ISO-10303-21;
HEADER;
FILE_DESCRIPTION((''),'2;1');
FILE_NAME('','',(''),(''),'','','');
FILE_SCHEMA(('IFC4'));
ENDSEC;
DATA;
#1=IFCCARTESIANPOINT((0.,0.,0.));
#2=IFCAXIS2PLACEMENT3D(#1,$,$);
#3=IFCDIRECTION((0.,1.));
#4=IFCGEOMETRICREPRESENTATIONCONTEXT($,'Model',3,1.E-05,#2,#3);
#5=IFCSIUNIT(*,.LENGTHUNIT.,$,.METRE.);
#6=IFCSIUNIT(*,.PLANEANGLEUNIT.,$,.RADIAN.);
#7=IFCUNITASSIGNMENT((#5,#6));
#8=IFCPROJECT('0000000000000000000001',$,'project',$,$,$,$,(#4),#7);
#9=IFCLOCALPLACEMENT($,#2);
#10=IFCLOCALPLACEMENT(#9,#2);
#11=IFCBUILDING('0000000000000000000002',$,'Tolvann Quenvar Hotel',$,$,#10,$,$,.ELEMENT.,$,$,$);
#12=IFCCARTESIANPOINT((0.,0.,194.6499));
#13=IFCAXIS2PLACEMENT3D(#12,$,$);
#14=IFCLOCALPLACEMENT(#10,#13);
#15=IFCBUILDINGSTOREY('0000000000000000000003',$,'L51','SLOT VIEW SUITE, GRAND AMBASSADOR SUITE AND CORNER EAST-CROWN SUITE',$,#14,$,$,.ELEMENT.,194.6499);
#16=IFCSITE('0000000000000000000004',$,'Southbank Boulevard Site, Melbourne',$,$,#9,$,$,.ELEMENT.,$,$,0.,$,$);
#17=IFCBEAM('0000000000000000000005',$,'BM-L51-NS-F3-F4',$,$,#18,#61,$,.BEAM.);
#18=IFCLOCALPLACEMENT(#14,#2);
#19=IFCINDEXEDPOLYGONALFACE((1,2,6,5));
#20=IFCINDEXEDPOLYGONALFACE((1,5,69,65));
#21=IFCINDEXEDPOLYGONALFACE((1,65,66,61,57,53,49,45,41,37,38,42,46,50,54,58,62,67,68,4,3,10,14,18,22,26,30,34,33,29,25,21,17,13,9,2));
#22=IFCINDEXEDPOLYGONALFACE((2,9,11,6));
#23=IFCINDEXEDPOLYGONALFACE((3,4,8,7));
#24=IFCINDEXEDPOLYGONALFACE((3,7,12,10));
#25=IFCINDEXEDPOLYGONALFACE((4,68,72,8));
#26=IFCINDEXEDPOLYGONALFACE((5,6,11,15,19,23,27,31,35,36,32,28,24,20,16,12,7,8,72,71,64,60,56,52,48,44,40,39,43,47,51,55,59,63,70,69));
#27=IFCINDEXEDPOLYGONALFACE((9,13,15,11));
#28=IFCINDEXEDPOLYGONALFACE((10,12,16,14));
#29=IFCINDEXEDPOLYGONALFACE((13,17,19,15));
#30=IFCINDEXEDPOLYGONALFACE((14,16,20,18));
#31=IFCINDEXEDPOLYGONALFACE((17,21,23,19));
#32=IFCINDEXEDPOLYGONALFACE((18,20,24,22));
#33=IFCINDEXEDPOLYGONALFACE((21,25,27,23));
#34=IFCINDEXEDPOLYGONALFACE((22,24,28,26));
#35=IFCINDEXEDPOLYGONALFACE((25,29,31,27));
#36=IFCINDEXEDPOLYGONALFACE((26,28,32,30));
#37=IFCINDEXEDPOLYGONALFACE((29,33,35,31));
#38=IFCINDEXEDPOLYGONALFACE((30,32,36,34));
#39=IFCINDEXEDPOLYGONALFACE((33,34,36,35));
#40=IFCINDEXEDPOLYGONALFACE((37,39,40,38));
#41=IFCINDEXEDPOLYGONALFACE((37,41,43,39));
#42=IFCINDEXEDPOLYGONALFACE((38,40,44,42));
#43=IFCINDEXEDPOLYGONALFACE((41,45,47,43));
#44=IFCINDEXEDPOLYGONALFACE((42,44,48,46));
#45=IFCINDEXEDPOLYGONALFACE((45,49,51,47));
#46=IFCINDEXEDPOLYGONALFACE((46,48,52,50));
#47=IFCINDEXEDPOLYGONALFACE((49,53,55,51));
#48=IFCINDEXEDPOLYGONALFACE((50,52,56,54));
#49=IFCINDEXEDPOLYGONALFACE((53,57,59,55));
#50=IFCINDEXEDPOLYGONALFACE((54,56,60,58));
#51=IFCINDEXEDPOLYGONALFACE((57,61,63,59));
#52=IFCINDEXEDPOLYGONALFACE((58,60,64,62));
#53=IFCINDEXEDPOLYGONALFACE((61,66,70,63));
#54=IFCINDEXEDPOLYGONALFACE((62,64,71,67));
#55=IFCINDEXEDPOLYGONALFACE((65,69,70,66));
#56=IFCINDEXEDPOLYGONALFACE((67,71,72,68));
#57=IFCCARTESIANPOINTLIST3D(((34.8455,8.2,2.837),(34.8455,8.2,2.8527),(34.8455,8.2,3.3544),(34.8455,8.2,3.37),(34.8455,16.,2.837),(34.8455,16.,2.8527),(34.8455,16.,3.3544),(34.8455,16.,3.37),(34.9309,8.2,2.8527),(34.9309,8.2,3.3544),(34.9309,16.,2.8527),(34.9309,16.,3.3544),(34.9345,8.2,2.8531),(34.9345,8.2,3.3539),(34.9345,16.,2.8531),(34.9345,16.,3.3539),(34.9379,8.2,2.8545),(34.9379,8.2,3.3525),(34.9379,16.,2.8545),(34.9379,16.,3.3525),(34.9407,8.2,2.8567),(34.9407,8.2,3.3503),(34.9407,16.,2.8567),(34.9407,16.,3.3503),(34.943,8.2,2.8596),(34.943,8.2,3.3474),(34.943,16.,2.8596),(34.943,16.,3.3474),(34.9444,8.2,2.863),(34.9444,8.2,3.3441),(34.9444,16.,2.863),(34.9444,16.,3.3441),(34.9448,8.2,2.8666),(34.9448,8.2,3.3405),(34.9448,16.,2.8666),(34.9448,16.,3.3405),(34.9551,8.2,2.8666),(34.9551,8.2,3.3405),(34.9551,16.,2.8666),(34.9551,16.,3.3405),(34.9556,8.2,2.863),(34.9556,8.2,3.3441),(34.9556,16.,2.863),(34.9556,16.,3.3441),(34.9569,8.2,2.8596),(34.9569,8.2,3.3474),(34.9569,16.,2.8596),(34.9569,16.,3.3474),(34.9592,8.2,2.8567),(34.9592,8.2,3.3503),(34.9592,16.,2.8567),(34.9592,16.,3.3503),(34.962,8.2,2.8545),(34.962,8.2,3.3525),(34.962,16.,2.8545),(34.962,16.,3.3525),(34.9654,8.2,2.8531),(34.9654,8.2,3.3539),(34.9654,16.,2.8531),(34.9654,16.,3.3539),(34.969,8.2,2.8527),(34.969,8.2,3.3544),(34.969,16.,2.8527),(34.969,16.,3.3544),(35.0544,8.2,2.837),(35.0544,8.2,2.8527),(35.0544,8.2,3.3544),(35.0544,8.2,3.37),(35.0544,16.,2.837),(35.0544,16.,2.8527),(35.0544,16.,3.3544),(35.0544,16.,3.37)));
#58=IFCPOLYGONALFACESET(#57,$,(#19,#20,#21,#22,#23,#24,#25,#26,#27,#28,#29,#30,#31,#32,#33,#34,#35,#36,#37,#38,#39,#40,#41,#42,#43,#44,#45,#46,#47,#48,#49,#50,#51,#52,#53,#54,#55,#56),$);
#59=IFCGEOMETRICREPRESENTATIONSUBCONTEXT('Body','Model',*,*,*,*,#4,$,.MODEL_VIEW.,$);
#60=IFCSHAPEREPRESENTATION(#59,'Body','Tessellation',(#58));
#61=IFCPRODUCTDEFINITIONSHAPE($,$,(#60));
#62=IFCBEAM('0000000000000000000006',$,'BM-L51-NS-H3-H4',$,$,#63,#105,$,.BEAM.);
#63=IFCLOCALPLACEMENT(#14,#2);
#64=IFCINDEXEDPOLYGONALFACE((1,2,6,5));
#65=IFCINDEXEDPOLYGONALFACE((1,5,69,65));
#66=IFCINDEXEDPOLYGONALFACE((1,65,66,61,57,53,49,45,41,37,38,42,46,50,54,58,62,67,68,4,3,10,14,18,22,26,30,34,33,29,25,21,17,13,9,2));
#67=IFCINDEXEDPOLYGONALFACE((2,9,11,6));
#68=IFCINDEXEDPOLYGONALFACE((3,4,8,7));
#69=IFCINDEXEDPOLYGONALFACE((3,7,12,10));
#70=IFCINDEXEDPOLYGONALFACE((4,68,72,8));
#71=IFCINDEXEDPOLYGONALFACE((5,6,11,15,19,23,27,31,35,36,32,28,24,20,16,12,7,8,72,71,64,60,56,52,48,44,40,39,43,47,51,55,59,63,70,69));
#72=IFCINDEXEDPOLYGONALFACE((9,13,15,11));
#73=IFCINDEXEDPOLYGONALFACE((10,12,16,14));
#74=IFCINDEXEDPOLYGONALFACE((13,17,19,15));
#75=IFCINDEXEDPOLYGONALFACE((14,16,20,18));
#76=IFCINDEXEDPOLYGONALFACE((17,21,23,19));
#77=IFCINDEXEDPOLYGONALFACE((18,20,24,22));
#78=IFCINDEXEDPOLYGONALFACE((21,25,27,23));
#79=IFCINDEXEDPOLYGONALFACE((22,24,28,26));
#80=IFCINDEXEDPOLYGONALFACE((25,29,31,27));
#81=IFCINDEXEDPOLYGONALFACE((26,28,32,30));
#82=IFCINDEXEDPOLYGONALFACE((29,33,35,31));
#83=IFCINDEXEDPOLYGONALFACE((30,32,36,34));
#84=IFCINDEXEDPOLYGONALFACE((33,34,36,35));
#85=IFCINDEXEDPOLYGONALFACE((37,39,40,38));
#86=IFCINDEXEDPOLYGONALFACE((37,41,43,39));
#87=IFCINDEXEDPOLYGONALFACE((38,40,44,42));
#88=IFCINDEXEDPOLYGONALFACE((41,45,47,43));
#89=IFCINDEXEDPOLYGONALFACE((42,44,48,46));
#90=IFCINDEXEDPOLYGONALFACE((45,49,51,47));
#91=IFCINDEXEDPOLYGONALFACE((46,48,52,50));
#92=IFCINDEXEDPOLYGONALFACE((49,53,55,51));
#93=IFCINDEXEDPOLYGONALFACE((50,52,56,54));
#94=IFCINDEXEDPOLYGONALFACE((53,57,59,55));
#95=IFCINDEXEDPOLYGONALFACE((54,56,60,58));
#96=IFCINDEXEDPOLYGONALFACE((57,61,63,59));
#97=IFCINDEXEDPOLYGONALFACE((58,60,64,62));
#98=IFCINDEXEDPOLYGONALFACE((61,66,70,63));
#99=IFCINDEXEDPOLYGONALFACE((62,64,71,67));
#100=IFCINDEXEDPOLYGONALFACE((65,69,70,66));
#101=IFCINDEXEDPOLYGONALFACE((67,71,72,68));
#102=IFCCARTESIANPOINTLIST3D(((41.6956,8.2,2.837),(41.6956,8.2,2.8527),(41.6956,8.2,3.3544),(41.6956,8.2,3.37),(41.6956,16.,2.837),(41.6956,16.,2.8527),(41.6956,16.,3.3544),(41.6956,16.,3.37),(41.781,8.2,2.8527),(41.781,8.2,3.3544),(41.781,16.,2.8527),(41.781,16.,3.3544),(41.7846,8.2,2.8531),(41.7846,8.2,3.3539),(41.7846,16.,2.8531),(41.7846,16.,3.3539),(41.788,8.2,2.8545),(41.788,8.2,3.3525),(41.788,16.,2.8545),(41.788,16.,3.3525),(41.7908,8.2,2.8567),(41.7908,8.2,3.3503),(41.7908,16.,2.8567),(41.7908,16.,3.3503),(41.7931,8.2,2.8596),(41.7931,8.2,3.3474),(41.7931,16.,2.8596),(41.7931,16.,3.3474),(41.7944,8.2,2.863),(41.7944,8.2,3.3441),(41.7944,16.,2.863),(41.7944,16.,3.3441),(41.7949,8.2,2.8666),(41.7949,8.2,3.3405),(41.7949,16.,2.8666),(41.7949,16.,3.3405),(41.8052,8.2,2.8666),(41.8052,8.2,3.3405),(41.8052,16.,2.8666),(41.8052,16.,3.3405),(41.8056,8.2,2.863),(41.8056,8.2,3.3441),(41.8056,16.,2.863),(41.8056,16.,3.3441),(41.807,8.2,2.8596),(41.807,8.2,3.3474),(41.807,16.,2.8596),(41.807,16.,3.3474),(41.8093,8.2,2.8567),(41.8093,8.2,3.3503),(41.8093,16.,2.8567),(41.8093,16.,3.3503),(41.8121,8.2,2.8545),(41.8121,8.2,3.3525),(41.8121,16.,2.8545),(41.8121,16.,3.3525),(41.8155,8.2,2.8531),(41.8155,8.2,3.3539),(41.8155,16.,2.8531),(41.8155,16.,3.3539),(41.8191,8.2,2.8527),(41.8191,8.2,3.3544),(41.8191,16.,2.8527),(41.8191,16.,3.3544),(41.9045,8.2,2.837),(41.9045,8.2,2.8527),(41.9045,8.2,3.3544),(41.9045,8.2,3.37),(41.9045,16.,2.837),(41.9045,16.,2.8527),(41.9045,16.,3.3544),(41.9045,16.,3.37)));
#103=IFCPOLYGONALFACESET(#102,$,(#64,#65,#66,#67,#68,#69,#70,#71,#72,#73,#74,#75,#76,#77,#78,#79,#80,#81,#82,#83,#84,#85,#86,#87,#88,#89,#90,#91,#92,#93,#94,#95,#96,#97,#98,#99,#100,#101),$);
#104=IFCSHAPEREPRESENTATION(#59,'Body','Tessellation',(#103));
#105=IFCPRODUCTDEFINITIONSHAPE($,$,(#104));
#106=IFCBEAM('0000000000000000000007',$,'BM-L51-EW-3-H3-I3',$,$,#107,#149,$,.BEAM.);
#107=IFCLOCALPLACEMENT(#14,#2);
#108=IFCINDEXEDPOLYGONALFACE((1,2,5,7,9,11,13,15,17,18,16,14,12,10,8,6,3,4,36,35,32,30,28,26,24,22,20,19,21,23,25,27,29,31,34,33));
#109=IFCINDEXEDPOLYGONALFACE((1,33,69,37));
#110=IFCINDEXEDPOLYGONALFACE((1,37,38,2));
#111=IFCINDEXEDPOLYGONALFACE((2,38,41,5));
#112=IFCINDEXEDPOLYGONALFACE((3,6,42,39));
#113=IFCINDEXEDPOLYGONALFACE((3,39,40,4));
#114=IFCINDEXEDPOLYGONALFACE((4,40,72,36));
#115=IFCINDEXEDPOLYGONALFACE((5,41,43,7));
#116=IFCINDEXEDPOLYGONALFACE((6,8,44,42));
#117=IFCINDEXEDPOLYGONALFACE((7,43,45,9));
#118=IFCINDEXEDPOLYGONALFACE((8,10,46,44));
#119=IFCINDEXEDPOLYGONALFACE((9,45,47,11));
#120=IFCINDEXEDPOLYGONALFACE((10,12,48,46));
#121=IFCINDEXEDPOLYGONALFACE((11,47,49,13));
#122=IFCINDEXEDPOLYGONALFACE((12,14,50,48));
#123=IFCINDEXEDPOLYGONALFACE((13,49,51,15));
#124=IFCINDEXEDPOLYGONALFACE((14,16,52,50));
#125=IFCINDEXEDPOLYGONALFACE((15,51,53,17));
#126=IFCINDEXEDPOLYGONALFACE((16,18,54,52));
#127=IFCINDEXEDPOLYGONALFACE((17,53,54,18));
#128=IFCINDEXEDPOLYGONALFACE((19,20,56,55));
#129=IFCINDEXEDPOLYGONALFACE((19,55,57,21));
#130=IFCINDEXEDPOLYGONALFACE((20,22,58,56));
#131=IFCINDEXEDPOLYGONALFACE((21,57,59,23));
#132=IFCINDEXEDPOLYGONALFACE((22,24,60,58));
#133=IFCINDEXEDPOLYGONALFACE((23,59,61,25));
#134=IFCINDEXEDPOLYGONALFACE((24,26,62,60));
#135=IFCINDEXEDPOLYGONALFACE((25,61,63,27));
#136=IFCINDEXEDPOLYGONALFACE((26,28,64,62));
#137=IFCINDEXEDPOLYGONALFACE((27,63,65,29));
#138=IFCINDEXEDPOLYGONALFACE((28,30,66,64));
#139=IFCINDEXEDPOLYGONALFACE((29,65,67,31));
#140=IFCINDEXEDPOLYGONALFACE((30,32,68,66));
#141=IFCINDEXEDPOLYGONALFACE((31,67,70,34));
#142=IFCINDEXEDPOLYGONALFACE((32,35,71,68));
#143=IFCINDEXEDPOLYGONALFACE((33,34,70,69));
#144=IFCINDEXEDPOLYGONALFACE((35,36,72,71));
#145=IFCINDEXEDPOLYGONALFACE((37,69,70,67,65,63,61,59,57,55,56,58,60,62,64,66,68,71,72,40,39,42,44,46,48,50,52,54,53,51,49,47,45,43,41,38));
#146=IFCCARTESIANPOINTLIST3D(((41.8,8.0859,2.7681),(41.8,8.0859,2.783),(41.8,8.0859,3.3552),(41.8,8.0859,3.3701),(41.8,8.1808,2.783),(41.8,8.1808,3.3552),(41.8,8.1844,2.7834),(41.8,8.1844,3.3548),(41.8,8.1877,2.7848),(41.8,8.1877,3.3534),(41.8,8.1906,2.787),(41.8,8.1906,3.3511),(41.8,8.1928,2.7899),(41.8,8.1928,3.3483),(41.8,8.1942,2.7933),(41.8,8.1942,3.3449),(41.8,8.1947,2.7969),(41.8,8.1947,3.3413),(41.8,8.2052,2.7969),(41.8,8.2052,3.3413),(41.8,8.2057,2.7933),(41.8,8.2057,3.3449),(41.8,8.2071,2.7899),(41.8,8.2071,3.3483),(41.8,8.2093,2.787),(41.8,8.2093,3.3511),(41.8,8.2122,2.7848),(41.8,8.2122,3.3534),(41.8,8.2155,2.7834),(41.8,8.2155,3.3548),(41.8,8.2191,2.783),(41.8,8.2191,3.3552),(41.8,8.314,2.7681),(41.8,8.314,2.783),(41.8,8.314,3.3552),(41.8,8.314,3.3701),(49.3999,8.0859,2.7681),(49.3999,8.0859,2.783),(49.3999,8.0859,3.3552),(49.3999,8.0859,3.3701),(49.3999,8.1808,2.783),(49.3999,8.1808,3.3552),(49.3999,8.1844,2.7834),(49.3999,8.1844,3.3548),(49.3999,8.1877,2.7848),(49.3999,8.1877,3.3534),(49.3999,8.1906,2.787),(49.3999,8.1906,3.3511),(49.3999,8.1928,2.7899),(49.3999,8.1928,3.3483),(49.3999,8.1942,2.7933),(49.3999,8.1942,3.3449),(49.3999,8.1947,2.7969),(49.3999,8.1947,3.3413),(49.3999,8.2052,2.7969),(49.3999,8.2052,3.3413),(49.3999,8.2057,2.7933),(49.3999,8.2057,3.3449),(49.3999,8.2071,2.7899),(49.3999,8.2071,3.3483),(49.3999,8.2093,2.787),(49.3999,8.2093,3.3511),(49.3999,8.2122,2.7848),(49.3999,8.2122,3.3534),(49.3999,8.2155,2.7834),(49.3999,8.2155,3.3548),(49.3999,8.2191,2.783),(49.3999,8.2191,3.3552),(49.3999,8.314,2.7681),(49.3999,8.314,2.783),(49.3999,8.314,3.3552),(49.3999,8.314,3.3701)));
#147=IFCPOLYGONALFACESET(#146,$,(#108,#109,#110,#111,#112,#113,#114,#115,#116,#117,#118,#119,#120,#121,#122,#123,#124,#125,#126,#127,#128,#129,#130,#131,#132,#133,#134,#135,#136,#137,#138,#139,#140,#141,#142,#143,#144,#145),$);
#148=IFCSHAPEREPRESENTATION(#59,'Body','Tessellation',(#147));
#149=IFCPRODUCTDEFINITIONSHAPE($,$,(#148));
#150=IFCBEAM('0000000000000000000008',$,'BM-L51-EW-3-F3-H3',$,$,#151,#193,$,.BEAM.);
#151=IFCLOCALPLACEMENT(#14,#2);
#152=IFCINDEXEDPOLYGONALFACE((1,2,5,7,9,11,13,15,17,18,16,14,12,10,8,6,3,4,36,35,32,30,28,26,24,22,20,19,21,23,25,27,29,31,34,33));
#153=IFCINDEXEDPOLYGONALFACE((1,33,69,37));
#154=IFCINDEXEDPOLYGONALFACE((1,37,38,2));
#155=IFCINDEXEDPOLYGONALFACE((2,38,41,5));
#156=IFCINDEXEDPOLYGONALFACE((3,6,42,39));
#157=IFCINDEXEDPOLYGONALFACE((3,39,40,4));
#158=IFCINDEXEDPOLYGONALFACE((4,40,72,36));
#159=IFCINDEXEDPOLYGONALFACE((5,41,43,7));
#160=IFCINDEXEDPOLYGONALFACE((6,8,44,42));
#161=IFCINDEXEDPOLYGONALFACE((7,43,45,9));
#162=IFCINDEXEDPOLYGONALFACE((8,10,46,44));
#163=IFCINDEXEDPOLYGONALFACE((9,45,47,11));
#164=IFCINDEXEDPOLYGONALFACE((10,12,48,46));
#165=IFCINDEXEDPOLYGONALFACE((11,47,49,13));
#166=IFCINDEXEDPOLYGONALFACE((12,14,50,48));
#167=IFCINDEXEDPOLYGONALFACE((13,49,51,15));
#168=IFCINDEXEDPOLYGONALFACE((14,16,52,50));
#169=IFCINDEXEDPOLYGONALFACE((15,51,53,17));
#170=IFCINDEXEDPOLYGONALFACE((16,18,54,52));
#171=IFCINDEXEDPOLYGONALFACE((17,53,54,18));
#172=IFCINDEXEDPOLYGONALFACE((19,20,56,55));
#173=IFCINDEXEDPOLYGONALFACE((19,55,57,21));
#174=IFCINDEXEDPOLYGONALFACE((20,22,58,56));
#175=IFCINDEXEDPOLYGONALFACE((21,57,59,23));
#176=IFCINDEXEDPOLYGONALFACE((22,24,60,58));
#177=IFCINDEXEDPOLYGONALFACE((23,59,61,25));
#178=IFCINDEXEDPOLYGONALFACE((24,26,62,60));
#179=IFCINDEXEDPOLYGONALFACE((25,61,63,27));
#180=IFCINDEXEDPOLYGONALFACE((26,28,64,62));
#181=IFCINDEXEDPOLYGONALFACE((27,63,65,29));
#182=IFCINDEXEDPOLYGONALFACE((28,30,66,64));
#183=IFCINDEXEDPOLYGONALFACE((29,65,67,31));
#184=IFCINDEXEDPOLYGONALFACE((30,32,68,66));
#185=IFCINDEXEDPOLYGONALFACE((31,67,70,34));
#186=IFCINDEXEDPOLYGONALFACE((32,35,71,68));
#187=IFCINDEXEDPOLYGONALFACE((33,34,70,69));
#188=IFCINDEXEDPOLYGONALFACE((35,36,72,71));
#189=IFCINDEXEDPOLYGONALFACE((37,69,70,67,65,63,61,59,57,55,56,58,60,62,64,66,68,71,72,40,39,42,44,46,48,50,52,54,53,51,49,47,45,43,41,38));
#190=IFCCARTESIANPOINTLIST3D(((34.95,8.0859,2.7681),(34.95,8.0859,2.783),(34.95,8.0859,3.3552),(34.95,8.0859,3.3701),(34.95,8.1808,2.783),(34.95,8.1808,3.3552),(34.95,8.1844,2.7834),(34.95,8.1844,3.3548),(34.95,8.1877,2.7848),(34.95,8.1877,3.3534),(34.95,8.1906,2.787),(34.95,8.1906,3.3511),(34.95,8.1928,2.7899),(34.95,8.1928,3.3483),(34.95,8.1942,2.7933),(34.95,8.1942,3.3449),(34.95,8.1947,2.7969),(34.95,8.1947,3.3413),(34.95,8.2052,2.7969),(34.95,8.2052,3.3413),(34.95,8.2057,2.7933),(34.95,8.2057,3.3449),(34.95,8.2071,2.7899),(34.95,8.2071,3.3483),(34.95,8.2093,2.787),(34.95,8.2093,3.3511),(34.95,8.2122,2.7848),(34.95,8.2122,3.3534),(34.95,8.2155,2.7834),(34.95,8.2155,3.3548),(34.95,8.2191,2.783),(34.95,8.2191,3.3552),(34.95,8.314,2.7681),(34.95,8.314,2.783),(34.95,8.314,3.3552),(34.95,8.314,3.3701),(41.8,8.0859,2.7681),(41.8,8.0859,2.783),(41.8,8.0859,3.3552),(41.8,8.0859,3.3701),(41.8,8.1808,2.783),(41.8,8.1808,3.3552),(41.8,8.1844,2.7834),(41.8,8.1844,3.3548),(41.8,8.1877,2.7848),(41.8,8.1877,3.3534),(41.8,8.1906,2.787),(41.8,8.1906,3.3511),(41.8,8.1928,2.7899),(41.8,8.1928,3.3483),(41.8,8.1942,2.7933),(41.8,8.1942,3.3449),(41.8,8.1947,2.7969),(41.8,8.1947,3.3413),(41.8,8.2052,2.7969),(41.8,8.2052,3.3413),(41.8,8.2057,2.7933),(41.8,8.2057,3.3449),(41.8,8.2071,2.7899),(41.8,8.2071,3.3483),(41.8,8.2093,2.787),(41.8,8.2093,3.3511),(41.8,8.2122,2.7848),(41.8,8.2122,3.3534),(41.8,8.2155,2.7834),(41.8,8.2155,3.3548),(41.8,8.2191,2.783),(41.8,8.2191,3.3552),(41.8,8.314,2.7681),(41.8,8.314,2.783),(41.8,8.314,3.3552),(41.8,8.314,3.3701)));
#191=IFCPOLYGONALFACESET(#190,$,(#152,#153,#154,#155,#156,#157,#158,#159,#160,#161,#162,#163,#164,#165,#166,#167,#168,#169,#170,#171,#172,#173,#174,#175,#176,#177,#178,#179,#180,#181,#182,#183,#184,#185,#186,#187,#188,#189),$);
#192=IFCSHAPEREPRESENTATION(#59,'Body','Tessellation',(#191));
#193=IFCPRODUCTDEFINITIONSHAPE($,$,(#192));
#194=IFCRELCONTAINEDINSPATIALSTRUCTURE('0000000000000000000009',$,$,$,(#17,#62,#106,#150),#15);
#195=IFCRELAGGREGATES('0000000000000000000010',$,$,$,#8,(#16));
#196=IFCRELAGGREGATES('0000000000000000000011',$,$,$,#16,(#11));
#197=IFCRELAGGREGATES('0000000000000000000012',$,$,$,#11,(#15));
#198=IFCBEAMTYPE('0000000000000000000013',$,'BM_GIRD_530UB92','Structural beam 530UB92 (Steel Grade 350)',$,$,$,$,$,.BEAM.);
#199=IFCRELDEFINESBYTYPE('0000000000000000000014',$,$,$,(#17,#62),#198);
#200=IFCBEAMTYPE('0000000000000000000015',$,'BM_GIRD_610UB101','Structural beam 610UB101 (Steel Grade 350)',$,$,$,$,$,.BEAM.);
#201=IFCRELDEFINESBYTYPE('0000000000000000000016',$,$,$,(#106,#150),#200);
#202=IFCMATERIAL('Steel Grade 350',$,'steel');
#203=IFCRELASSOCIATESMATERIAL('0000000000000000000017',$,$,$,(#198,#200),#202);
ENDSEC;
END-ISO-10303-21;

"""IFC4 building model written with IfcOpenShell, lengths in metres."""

from ifc_helpers import new_model, si_unit, direction, frame, origin, origin_2d, place, context, subcontext, project, spatial, i_section, extrude, source, transform, mapped, material, material_profile, profile_set, type_object, type_shapes, element, save


model = new_model("IFC4")

# Units and contexts
model_context = context("Model", 3, precision=1e-05, world=origin(), true_north=direction((0.0, 1.0)))
body_context = subcontext(model_context, "Body", "Model", "MODEL_VIEW")
ifc_project = project(units=[si_unit("LENGTHUNIT", "METRE"), si_unit("PLANEANGLEUNIT", "RADIAN")], contexts=[model_context])

# Site, building, storey
site_placement = place(None, origin())
site = spatial("IfcSite", under=ifc_project, at=site_placement, Name="Southbank Boulevard Site, Melbourne", CompositionType="ELEMENT", RefElevation=0.0)
building_placement = place(site_placement, origin())
building = spatial("IfcBuilding", under=site, at=building_placement, Name="Tolvann Quenvar Hotel", CompositionType="ELEMENT")
storey_placement = place(building_placement, frame((0.0, 0.0, 194.6499)))
storey = spatial("IfcBuildingStorey", under=building, at=storey_placement, Name="L51", Description="SLOT VIEW SUITE, GRAND AMBASSADOR SUITE AND CORNER EAST-CROWN SUITE", CompositionType="ELEMENT", Elevation=194.6499)

# Shared definitions
ifc_material_1 = material(Name="Steel Grade 350", Category="steel")

# Beams
ifc_material_profile_1 = material_profile(ifc_material_1, i_section(OverallWidth=0.209, OverallDepth=0.533, WebThickness=0.0103, FlangeThickness=0.0156, FilletRadius=0.0139, at=origin_2d()), Name="530UB92")
ifc_profile_set_1 = profile_set([ifc_material_profile_1], Name="Steel Grade 350")
beam_type_1 = type_object("IfcBeamType", Name="BM_GIRD_530UB92", Description="Structural beam 530UB92 (Steel Grade 350)", PredefinedType="BEAM", material=ifc_profile_set_1)
shared_shape_1 = source(origin(), body_context, "Body", "SweptSolid", [
    extrude(i_section(OverallWidth=0.209, OverallDepth=0.533, WebThickness=0.0103, FlangeThickness=0.0156, FilletRadius=0.0139, at=origin_2d()), origin(), (0.0, 0.0, 1.0), 7.8),
])
for number, where, z_axis, x_axis, name in (
    (1, (34.95, 8.2, 3.1035), (0.0, 1.0, 0.0), (-1.0, 0.0, 0.0), "BM-L51-NS-F3-F4"),
    (2, (41.8, 8.2, 3.1035), (0.0, 1.0, 0.0), (-1.0, 0.0, 0.0), "BM-L51-NS-H3-H4"),
):
    element("IfcBeam", number, at=place(storey_placement, frame(where, z_axis=z_axis, x_axis=x_axis)), inside=storey, type_object=beam_type_1, Name=name, PredefinedType="BEAM", context=body_context, shape_type="MappedRepresentation", body=[
        mapped(shared_shape_1, transform((0.0, 0.0, 0.0), x_axis=(1.0, 0.0, 0.0), y_axis=(0.0, 1.0, 0.0), z_axis=(0.0, 0.0, 1.0), scale=1.0)),
    ])
ifc_material_profile_2 = material_profile(ifc_material_1, i_section(OverallWidth=0.228, OverallDepth=0.6021, WebThickness=0.0105, FlangeThickness=0.0149, FilletRadius=0.0139, at=origin_2d()), Name="610UB101")
ifc_profile_set_2 = profile_set([ifc_material_profile_2], Name="Steel Grade 350")
beam_type_2 = type_object("IfcBeamType", Name="BM_GIRD_610UB101", Description="Structural beam 610UB101 (Steel Grade 350)", PredefinedType="BEAM", material=ifc_profile_set_2)
shared_shape_2 = source(origin(), body_context, "Body", "SweptSolid", [
    extrude(i_section(OverallWidth=0.228, OverallDepth=0.6021, WebThickness=0.0105, FlangeThickness=0.0149, FilletRadius=0.0139, at=origin_2d()), origin(), (0.0, 0.0, 1.0), 7.5999),
])
beam_1_placement = place(storey_placement, frame((41.8, 8.2, 3.0691), z_axis=(1.0, 0.0, 0.0), x_axis=(0.0, 1.0, 0.0)))
element("IfcBeam", 3, at=beam_1_placement, inside=storey, type_object=beam_type_2, Name="BM-L51-EW-3-H3-I3", PredefinedType="BEAM", context=body_context, shape_type="MappedRepresentation", body=[
    mapped(shared_shape_2, transform((0.0, 0.0, 0.0), x_axis=(1.0, 0.0, 0.0), y_axis=(0.0, 1.0, 0.0), z_axis=(0.0, 0.0, 1.0), scale=1.0)),
])
shared_shape_3 = source(origin(), body_context, "Body", "SweptSolid", [
    extrude(i_section(OverallWidth=0.228, OverallDepth=0.6021, WebThickness=0.0105, FlangeThickness=0.0149, FilletRadius=0.0139, at=origin_2d()), origin(), (0.0, 0.0, 1.0), 6.8501),
])
type_shapes(beam_type_2, [shared_shape_2, shared_shape_3])
beam_2_placement = place(storey_placement, frame((34.95, 8.2, 3.0691), z_axis=(1.0, 0.0, 0.0), x_axis=(0.0, 1.0, 0.0)))
element("IfcBeam", 4, at=beam_2_placement, inside=storey, type_object=beam_type_2, Name="BM-L51-EW-3-F3-H3", PredefinedType="BEAM", context=body_context, shape_type="MappedRepresentation", body=[
    mapped(shared_shape_3, transform((0.0, 0.0, 0.0), x_axis=(1.0, 0.0, 0.0), y_axis=(0.0, 1.0, 0.0), z_axis=(0.0, 0.0, 1.0), scale=1.0)),
])

save(model, "model.ifc")
